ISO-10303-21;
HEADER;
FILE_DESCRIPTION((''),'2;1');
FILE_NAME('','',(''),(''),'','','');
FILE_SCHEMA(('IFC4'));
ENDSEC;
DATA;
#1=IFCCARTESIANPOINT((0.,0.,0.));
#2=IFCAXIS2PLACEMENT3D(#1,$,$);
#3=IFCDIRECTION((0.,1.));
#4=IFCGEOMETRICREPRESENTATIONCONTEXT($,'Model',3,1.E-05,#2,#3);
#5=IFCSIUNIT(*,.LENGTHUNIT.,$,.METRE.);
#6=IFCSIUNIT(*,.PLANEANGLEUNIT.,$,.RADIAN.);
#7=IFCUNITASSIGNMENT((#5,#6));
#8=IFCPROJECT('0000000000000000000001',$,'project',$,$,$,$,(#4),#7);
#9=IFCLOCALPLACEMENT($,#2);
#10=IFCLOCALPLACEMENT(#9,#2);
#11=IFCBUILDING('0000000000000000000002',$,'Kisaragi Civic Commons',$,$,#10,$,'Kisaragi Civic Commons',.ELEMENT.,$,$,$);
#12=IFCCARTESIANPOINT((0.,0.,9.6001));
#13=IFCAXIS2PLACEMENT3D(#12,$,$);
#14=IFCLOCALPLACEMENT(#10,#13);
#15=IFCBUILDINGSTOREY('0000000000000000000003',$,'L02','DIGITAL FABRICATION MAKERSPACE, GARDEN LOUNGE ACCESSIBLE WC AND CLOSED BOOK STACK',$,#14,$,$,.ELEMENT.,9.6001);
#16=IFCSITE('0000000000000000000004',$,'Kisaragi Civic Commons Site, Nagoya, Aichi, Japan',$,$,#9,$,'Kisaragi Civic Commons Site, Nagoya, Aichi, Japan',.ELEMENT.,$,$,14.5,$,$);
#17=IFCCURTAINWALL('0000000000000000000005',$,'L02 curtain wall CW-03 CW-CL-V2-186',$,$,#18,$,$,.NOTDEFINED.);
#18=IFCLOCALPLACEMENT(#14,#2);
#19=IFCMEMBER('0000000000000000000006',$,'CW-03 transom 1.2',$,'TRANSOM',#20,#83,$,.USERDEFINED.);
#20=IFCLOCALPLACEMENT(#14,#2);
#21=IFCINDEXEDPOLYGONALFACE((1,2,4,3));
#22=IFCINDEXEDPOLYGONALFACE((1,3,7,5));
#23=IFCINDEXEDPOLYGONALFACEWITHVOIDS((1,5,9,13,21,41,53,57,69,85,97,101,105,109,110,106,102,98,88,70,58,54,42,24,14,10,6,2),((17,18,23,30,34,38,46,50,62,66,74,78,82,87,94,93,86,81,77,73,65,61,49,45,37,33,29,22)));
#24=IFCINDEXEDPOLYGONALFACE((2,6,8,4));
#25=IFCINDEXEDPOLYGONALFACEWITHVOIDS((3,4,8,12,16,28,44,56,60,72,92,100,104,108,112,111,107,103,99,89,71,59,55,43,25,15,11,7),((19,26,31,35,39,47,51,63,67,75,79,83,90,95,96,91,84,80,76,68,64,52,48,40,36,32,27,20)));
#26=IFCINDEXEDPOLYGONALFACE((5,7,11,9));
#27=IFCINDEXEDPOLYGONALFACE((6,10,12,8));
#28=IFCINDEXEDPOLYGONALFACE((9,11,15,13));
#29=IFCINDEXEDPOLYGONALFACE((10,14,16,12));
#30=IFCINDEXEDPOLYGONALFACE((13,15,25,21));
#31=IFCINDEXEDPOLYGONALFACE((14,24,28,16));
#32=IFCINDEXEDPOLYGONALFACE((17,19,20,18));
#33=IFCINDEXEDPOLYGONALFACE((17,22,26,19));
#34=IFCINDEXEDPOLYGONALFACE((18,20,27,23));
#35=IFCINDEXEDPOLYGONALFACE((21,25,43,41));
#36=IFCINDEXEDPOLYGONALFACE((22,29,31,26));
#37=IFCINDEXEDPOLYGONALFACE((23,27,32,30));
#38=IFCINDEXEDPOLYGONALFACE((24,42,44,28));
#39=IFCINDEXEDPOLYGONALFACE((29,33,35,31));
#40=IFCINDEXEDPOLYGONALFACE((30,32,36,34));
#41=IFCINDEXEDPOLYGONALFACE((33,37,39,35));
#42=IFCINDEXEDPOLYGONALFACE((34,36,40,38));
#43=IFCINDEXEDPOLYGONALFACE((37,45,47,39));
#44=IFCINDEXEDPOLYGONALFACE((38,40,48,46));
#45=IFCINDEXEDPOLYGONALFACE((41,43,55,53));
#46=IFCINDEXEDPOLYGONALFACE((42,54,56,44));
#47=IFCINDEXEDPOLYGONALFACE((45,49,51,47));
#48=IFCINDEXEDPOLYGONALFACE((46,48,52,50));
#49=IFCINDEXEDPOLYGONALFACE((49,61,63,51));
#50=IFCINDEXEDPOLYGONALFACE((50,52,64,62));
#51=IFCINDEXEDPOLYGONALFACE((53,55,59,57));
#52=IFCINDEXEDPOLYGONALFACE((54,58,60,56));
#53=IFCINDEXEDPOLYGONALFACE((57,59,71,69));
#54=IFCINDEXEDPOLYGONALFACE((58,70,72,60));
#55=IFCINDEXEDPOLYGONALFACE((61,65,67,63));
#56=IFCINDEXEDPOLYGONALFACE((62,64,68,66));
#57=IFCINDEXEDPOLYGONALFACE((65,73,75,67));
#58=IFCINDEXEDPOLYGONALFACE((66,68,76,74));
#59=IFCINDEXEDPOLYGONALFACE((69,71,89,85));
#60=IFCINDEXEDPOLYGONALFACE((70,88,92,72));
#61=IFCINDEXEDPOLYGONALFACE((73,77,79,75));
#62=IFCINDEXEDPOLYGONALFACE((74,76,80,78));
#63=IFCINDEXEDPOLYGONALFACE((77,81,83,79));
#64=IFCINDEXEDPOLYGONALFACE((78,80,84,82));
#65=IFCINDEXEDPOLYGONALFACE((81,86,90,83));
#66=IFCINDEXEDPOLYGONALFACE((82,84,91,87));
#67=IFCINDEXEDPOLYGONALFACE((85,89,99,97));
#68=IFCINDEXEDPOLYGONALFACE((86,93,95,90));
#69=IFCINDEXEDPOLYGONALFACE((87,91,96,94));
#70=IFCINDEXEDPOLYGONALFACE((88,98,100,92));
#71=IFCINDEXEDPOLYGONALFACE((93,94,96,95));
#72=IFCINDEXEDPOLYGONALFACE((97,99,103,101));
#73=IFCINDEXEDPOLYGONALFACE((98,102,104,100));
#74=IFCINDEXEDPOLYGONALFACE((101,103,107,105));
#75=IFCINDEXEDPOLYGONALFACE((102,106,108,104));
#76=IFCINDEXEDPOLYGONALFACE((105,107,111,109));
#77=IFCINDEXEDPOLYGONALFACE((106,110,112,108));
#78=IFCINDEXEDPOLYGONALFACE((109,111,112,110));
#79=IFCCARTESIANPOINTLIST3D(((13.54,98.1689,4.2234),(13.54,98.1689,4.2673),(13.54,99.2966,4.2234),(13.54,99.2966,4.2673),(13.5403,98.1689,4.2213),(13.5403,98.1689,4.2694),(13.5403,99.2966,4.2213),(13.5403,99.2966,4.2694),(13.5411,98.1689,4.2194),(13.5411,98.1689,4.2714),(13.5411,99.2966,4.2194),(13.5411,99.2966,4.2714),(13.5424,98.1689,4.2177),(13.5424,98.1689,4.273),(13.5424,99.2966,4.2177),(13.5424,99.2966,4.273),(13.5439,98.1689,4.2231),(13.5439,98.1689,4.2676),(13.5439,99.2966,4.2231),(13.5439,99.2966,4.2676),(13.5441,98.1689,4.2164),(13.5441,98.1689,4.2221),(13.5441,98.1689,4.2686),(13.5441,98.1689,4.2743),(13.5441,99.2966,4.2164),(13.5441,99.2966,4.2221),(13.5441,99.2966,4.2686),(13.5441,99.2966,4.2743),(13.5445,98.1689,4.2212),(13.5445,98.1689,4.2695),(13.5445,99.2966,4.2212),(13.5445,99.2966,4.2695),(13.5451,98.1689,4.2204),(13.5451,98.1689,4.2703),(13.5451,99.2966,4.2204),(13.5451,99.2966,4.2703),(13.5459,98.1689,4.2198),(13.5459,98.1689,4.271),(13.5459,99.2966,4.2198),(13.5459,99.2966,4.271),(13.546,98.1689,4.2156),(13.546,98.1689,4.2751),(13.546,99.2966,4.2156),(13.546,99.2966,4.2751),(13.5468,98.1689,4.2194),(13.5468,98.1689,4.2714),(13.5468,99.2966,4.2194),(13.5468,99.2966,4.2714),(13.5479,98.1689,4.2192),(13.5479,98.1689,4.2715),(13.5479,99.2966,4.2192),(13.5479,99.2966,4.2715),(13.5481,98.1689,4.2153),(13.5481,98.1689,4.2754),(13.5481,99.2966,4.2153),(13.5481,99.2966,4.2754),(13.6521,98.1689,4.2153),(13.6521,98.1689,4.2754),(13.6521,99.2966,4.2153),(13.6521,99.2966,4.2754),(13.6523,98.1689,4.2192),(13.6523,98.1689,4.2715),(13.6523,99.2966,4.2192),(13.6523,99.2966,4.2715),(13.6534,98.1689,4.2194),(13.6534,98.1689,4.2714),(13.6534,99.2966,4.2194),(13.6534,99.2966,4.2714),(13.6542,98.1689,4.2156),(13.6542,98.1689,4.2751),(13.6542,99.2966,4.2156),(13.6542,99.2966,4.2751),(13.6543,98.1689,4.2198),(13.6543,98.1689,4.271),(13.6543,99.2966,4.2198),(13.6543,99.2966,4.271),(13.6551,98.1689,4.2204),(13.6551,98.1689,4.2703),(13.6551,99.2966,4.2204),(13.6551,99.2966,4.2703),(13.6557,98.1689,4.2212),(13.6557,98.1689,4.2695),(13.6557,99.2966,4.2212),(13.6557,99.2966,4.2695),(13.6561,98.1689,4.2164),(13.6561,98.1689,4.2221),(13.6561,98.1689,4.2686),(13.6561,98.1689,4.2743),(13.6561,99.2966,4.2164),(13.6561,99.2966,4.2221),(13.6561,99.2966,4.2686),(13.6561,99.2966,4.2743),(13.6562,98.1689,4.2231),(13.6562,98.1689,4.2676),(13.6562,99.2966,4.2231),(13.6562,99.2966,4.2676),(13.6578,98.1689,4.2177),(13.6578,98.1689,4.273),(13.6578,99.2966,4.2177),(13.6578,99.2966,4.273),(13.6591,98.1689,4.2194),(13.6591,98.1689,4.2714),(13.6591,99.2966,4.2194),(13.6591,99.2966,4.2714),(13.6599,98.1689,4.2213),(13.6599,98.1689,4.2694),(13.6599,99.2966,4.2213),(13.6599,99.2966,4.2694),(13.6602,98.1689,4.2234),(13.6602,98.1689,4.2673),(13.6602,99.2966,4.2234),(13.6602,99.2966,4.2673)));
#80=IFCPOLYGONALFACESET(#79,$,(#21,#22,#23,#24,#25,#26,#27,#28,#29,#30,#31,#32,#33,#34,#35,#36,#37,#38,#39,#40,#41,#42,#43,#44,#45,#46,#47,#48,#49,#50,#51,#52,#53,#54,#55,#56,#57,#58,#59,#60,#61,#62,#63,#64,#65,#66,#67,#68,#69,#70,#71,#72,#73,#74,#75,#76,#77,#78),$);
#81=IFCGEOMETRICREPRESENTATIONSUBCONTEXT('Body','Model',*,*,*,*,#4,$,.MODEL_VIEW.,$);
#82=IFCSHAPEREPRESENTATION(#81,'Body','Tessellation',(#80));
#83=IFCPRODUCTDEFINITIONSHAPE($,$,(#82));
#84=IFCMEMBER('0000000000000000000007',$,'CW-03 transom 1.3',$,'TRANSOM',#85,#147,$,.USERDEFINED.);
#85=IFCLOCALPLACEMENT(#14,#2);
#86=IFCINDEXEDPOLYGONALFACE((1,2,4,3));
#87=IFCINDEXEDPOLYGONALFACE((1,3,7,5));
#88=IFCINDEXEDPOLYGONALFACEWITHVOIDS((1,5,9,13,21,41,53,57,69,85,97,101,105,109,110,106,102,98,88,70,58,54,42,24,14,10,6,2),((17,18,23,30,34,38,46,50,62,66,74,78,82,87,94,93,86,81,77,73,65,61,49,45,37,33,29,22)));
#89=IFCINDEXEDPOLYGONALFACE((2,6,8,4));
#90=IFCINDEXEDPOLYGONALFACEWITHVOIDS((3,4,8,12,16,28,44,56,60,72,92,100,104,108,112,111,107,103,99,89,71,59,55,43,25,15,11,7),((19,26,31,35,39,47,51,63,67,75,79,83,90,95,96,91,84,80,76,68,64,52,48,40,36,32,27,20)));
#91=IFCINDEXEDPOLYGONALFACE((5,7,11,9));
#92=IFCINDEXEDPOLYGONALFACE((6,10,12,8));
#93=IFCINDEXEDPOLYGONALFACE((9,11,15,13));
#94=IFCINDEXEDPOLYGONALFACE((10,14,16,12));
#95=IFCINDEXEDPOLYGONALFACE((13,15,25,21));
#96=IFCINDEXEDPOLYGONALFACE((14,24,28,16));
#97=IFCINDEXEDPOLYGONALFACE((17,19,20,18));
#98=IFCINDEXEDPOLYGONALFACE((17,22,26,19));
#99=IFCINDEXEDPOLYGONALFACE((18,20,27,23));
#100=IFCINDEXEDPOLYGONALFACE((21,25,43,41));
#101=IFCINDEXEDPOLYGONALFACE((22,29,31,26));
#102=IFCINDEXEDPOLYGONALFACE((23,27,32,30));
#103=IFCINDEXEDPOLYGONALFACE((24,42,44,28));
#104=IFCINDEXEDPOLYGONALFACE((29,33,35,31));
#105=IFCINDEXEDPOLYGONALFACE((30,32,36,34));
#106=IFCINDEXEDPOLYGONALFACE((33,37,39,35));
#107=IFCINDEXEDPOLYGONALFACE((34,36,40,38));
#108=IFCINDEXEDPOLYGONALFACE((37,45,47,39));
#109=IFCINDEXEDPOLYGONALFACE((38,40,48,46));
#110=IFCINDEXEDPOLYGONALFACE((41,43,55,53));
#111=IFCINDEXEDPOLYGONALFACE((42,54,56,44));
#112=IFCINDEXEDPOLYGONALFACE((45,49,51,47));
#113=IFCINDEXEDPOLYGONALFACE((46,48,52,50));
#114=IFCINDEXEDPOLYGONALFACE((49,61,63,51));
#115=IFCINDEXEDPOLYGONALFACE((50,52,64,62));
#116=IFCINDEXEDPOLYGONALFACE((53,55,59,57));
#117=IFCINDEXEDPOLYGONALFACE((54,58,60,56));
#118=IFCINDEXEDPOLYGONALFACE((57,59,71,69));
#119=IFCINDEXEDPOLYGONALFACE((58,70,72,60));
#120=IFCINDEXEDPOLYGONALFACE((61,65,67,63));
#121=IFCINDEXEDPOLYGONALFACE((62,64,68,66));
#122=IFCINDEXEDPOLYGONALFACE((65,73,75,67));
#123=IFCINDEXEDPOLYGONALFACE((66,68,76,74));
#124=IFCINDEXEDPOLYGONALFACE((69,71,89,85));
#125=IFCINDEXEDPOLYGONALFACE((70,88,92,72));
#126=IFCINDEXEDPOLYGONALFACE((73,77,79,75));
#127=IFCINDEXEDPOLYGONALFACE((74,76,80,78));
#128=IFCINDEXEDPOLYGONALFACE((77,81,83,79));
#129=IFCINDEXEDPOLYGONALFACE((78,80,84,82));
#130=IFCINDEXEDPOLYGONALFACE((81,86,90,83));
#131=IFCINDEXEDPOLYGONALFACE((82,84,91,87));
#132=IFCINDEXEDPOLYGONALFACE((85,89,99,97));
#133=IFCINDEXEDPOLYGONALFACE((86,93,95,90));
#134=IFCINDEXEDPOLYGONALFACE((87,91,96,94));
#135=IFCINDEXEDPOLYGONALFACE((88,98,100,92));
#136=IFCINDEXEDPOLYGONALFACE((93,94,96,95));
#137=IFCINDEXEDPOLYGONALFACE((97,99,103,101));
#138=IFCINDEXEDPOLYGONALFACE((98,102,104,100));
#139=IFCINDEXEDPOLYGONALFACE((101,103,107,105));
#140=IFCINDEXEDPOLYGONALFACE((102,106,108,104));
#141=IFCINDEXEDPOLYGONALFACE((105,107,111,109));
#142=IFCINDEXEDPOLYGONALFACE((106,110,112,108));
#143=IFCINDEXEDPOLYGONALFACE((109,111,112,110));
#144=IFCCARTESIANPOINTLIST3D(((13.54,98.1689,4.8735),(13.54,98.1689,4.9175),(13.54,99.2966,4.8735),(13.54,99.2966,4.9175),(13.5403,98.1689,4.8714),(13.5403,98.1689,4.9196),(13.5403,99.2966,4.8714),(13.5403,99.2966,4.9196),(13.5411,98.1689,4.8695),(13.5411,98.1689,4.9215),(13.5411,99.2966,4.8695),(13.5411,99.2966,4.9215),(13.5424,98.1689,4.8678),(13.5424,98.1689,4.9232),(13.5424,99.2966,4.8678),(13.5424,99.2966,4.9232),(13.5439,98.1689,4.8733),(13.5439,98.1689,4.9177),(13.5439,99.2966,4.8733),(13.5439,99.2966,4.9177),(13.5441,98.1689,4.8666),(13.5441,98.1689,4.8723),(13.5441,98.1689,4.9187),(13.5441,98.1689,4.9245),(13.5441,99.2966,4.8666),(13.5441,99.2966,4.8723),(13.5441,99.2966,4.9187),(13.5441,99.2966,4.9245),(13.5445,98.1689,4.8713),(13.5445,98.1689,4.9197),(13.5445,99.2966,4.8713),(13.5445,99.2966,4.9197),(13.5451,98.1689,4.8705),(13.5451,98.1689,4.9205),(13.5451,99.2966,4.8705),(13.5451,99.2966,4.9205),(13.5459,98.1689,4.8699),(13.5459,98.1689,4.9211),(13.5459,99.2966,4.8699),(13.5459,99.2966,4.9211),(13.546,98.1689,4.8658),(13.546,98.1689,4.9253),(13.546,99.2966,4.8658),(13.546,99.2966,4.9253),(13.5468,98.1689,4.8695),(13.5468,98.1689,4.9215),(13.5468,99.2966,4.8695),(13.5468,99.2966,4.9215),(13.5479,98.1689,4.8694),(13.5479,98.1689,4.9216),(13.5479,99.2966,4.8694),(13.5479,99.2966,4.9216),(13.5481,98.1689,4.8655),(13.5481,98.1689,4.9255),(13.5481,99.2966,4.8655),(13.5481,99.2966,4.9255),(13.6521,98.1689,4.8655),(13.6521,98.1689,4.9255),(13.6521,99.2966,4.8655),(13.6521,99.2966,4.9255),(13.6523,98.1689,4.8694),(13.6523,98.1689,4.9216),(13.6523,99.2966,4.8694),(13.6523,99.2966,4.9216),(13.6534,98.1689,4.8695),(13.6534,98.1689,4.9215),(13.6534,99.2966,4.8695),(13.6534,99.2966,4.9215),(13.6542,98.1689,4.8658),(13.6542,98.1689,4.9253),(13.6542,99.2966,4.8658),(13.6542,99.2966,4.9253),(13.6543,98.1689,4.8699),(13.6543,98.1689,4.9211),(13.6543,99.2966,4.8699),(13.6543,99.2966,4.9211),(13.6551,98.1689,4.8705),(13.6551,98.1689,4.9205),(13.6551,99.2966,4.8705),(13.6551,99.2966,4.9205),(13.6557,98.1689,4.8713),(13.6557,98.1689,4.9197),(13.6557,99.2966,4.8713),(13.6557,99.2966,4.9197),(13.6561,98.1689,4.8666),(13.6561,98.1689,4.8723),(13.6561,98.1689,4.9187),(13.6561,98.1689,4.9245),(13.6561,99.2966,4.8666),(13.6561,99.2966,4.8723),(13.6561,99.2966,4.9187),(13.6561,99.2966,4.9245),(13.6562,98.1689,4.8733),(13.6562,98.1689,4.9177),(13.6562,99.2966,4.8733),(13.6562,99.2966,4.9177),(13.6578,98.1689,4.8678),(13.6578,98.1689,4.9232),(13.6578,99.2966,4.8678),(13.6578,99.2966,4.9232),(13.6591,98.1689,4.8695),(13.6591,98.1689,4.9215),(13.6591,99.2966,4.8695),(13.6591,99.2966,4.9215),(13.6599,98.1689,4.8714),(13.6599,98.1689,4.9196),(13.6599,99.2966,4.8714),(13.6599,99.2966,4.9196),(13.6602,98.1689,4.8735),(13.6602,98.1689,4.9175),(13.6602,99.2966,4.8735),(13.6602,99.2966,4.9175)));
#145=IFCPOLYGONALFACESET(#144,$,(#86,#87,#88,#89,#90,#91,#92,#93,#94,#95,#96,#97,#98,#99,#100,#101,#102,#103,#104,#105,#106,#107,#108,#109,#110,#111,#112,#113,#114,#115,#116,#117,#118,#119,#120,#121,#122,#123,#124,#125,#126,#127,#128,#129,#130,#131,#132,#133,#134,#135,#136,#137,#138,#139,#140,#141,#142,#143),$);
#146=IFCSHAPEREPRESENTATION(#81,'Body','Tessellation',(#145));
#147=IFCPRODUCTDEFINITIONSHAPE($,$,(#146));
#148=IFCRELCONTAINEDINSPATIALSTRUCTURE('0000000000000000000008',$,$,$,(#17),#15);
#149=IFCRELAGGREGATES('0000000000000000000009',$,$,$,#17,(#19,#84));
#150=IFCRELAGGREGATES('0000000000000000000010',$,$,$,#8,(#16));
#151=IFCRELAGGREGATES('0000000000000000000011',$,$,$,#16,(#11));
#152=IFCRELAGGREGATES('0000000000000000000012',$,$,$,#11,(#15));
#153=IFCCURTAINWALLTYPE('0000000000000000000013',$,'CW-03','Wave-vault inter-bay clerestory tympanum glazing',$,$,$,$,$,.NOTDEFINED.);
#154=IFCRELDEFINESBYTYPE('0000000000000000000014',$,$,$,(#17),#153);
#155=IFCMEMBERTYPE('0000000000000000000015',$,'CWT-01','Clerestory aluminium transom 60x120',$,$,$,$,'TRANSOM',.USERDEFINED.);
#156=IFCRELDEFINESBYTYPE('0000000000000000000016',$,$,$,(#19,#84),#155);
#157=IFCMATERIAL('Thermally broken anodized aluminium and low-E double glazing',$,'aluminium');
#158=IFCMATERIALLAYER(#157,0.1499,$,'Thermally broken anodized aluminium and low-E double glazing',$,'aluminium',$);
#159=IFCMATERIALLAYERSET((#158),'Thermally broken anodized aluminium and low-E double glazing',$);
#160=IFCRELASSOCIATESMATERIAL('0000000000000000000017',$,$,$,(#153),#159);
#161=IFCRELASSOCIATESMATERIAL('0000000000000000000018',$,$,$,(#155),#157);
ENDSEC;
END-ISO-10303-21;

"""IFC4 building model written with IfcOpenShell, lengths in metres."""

from ifc_helpers import new_model, si_unit, direction, frame, origin, origin_2d, place, context, subcontext, project, spatial, hollow_rectangle, extrude, material, layer, layer_set, material_profile, profile_set, type_object, element, aggregate, save


model = new_model("IFC4")

# Units and contexts
model_context = context("Model", 3, precision=1e-05, world=origin(), true_north=direction((0.0, 1.0)))
body_context = subcontext(model_context, "Body", "Model", "MODEL_VIEW")
ifc_project = project(units=[si_unit("LENGTHUNIT", "METRE"), si_unit("PLANEANGLEUNIT", "RADIAN")], contexts=[model_context])

# Site, building, storey
site_placement = place(None, origin())
site = spatial("IfcSite", under=ifc_project, at=site_placement, Name="Kisaragi Civic Commons Site, Nagoya, Aichi, Japan", LongName="Kisaragi Civic Commons Site, Nagoya, Aichi, Japan", CompositionType="ELEMENT", RefElevation=14.5)
building_placement = place(site_placement, origin())
building = spatial("IfcBuilding", under=site, at=building_placement, Name="Kisaragi Civic Commons", LongName="Kisaragi Civic Commons", CompositionType="ELEMENT")
storey_placement = place(building_placement, frame((0.0, 0.0, 9.6001)))
storey = spatial("IfcBuildingStorey", under=building, at=storey_placement, Name="L02", Description="DIGITAL FABRICATION MAKERSPACE, GARDEN LOUNGE ACCESSIBLE WC AND CLOSED BOOK STACK", CompositionType="ELEMENT", Elevation=9.6001)

# Shared definitions
ifc_material_1 = material(Name="Thermally broken anodized aluminium and low-E double glazing", Category="aluminium")
ifc_layer_1 = layer(ifc_material_1, 0.1499, Name="Thermally broken anodized aluminium and low-E double glazing", Category="aluminium")
ifc_layer_set_1 = layer_set([ifc_layer_1], Name="Thermally broken anodized aluminium and low-E double glazing")
curtain_wall_type = type_object("IfcCurtainWallType", Name="CW-03", Description="Wave-vault inter-bay clerestory tympanum glazing", PredefinedType="NOTDEFINED", material=ifc_layer_set_1)

# Curtain wall
curtain_wall_1_placement = place(storey_placement, origin())
curtain_wall_1 = element("IfcCurtainWall", 1, at=curtain_wall_1_placement, inside=storey, type_object=curtain_wall_type, Name="L02 curtain wall CW-03 CW-CL-V2-186", PredefinedType="NOTDEFINED")

# Members
ifc_material_profile_1 = material_profile(ifc_material_1, hollow_rectangle(XDim=0.1201, YDim=0.0601, WallThickness=0.0039, InnerFilletRadius=0.0039, OuterFilletRadius=0.0081, at=origin_2d()), Name="CWT-60x120x4", Category="aluminium")
ifc_profile_set_1 = profile_set([ifc_material_profile_1], Name="Thermally broken anodized aluminium and low-E double glazing")
member_type_1 = type_object("IfcMemberType", Name="CWT-01", Description="Clerestory aluminium transom 60x120", ElementType="TRANSOM", PredefinedType="USERDEFINED", material=ifc_profile_set_1)
member_1_placement = place(storey_placement, frame((13.6001, 98.1689, 4.2454), z_axis=(0.0, 1.0, 0.0), x_axis=(-1.0, 0.0, 0.0)))
member_1 = element("IfcMember", 2, at=member_1_placement, type_object=member_type_1, Name="CW-03 transom 1.2", ObjectType="TRANSOM", PredefinedType="USERDEFINED", context=body_context, shape_type="SweptSolid", body=[
    extrude(hollow_rectangle(XDim=0.1201, YDim=0.0601, WallThickness=0.0039, InnerFilletRadius=0.0039, OuterFilletRadius=0.0081, at=origin_2d()), origin(), (0.0, 0.0, 1.0), 1.1277),
])
member_2_placement = place(storey_placement, frame((13.6001, 98.1689, 4.8955), z_axis=(0.0, 1.0, 0.0), x_axis=(-1.0, 0.0, 0.0)))
member_2 = element("IfcMember", 3, at=member_2_placement, type_object=member_type_1, Name="CW-03 transom 1.3", ObjectType="TRANSOM", PredefinedType="USERDEFINED", context=body_context, shape_type="SweptSolid", body=[
    extrude(hollow_rectangle(XDim=0.1201, YDim=0.0601, WallThickness=0.0039, InnerFilletRadius=0.0039, OuterFilletRadius=0.0081, at=origin_2d()), origin(), (0.0, 0.0, 1.0), 1.1277),
])

aggregate(curtain_wall_1, [member_1, member_2])

save(model, "model.ifc")
